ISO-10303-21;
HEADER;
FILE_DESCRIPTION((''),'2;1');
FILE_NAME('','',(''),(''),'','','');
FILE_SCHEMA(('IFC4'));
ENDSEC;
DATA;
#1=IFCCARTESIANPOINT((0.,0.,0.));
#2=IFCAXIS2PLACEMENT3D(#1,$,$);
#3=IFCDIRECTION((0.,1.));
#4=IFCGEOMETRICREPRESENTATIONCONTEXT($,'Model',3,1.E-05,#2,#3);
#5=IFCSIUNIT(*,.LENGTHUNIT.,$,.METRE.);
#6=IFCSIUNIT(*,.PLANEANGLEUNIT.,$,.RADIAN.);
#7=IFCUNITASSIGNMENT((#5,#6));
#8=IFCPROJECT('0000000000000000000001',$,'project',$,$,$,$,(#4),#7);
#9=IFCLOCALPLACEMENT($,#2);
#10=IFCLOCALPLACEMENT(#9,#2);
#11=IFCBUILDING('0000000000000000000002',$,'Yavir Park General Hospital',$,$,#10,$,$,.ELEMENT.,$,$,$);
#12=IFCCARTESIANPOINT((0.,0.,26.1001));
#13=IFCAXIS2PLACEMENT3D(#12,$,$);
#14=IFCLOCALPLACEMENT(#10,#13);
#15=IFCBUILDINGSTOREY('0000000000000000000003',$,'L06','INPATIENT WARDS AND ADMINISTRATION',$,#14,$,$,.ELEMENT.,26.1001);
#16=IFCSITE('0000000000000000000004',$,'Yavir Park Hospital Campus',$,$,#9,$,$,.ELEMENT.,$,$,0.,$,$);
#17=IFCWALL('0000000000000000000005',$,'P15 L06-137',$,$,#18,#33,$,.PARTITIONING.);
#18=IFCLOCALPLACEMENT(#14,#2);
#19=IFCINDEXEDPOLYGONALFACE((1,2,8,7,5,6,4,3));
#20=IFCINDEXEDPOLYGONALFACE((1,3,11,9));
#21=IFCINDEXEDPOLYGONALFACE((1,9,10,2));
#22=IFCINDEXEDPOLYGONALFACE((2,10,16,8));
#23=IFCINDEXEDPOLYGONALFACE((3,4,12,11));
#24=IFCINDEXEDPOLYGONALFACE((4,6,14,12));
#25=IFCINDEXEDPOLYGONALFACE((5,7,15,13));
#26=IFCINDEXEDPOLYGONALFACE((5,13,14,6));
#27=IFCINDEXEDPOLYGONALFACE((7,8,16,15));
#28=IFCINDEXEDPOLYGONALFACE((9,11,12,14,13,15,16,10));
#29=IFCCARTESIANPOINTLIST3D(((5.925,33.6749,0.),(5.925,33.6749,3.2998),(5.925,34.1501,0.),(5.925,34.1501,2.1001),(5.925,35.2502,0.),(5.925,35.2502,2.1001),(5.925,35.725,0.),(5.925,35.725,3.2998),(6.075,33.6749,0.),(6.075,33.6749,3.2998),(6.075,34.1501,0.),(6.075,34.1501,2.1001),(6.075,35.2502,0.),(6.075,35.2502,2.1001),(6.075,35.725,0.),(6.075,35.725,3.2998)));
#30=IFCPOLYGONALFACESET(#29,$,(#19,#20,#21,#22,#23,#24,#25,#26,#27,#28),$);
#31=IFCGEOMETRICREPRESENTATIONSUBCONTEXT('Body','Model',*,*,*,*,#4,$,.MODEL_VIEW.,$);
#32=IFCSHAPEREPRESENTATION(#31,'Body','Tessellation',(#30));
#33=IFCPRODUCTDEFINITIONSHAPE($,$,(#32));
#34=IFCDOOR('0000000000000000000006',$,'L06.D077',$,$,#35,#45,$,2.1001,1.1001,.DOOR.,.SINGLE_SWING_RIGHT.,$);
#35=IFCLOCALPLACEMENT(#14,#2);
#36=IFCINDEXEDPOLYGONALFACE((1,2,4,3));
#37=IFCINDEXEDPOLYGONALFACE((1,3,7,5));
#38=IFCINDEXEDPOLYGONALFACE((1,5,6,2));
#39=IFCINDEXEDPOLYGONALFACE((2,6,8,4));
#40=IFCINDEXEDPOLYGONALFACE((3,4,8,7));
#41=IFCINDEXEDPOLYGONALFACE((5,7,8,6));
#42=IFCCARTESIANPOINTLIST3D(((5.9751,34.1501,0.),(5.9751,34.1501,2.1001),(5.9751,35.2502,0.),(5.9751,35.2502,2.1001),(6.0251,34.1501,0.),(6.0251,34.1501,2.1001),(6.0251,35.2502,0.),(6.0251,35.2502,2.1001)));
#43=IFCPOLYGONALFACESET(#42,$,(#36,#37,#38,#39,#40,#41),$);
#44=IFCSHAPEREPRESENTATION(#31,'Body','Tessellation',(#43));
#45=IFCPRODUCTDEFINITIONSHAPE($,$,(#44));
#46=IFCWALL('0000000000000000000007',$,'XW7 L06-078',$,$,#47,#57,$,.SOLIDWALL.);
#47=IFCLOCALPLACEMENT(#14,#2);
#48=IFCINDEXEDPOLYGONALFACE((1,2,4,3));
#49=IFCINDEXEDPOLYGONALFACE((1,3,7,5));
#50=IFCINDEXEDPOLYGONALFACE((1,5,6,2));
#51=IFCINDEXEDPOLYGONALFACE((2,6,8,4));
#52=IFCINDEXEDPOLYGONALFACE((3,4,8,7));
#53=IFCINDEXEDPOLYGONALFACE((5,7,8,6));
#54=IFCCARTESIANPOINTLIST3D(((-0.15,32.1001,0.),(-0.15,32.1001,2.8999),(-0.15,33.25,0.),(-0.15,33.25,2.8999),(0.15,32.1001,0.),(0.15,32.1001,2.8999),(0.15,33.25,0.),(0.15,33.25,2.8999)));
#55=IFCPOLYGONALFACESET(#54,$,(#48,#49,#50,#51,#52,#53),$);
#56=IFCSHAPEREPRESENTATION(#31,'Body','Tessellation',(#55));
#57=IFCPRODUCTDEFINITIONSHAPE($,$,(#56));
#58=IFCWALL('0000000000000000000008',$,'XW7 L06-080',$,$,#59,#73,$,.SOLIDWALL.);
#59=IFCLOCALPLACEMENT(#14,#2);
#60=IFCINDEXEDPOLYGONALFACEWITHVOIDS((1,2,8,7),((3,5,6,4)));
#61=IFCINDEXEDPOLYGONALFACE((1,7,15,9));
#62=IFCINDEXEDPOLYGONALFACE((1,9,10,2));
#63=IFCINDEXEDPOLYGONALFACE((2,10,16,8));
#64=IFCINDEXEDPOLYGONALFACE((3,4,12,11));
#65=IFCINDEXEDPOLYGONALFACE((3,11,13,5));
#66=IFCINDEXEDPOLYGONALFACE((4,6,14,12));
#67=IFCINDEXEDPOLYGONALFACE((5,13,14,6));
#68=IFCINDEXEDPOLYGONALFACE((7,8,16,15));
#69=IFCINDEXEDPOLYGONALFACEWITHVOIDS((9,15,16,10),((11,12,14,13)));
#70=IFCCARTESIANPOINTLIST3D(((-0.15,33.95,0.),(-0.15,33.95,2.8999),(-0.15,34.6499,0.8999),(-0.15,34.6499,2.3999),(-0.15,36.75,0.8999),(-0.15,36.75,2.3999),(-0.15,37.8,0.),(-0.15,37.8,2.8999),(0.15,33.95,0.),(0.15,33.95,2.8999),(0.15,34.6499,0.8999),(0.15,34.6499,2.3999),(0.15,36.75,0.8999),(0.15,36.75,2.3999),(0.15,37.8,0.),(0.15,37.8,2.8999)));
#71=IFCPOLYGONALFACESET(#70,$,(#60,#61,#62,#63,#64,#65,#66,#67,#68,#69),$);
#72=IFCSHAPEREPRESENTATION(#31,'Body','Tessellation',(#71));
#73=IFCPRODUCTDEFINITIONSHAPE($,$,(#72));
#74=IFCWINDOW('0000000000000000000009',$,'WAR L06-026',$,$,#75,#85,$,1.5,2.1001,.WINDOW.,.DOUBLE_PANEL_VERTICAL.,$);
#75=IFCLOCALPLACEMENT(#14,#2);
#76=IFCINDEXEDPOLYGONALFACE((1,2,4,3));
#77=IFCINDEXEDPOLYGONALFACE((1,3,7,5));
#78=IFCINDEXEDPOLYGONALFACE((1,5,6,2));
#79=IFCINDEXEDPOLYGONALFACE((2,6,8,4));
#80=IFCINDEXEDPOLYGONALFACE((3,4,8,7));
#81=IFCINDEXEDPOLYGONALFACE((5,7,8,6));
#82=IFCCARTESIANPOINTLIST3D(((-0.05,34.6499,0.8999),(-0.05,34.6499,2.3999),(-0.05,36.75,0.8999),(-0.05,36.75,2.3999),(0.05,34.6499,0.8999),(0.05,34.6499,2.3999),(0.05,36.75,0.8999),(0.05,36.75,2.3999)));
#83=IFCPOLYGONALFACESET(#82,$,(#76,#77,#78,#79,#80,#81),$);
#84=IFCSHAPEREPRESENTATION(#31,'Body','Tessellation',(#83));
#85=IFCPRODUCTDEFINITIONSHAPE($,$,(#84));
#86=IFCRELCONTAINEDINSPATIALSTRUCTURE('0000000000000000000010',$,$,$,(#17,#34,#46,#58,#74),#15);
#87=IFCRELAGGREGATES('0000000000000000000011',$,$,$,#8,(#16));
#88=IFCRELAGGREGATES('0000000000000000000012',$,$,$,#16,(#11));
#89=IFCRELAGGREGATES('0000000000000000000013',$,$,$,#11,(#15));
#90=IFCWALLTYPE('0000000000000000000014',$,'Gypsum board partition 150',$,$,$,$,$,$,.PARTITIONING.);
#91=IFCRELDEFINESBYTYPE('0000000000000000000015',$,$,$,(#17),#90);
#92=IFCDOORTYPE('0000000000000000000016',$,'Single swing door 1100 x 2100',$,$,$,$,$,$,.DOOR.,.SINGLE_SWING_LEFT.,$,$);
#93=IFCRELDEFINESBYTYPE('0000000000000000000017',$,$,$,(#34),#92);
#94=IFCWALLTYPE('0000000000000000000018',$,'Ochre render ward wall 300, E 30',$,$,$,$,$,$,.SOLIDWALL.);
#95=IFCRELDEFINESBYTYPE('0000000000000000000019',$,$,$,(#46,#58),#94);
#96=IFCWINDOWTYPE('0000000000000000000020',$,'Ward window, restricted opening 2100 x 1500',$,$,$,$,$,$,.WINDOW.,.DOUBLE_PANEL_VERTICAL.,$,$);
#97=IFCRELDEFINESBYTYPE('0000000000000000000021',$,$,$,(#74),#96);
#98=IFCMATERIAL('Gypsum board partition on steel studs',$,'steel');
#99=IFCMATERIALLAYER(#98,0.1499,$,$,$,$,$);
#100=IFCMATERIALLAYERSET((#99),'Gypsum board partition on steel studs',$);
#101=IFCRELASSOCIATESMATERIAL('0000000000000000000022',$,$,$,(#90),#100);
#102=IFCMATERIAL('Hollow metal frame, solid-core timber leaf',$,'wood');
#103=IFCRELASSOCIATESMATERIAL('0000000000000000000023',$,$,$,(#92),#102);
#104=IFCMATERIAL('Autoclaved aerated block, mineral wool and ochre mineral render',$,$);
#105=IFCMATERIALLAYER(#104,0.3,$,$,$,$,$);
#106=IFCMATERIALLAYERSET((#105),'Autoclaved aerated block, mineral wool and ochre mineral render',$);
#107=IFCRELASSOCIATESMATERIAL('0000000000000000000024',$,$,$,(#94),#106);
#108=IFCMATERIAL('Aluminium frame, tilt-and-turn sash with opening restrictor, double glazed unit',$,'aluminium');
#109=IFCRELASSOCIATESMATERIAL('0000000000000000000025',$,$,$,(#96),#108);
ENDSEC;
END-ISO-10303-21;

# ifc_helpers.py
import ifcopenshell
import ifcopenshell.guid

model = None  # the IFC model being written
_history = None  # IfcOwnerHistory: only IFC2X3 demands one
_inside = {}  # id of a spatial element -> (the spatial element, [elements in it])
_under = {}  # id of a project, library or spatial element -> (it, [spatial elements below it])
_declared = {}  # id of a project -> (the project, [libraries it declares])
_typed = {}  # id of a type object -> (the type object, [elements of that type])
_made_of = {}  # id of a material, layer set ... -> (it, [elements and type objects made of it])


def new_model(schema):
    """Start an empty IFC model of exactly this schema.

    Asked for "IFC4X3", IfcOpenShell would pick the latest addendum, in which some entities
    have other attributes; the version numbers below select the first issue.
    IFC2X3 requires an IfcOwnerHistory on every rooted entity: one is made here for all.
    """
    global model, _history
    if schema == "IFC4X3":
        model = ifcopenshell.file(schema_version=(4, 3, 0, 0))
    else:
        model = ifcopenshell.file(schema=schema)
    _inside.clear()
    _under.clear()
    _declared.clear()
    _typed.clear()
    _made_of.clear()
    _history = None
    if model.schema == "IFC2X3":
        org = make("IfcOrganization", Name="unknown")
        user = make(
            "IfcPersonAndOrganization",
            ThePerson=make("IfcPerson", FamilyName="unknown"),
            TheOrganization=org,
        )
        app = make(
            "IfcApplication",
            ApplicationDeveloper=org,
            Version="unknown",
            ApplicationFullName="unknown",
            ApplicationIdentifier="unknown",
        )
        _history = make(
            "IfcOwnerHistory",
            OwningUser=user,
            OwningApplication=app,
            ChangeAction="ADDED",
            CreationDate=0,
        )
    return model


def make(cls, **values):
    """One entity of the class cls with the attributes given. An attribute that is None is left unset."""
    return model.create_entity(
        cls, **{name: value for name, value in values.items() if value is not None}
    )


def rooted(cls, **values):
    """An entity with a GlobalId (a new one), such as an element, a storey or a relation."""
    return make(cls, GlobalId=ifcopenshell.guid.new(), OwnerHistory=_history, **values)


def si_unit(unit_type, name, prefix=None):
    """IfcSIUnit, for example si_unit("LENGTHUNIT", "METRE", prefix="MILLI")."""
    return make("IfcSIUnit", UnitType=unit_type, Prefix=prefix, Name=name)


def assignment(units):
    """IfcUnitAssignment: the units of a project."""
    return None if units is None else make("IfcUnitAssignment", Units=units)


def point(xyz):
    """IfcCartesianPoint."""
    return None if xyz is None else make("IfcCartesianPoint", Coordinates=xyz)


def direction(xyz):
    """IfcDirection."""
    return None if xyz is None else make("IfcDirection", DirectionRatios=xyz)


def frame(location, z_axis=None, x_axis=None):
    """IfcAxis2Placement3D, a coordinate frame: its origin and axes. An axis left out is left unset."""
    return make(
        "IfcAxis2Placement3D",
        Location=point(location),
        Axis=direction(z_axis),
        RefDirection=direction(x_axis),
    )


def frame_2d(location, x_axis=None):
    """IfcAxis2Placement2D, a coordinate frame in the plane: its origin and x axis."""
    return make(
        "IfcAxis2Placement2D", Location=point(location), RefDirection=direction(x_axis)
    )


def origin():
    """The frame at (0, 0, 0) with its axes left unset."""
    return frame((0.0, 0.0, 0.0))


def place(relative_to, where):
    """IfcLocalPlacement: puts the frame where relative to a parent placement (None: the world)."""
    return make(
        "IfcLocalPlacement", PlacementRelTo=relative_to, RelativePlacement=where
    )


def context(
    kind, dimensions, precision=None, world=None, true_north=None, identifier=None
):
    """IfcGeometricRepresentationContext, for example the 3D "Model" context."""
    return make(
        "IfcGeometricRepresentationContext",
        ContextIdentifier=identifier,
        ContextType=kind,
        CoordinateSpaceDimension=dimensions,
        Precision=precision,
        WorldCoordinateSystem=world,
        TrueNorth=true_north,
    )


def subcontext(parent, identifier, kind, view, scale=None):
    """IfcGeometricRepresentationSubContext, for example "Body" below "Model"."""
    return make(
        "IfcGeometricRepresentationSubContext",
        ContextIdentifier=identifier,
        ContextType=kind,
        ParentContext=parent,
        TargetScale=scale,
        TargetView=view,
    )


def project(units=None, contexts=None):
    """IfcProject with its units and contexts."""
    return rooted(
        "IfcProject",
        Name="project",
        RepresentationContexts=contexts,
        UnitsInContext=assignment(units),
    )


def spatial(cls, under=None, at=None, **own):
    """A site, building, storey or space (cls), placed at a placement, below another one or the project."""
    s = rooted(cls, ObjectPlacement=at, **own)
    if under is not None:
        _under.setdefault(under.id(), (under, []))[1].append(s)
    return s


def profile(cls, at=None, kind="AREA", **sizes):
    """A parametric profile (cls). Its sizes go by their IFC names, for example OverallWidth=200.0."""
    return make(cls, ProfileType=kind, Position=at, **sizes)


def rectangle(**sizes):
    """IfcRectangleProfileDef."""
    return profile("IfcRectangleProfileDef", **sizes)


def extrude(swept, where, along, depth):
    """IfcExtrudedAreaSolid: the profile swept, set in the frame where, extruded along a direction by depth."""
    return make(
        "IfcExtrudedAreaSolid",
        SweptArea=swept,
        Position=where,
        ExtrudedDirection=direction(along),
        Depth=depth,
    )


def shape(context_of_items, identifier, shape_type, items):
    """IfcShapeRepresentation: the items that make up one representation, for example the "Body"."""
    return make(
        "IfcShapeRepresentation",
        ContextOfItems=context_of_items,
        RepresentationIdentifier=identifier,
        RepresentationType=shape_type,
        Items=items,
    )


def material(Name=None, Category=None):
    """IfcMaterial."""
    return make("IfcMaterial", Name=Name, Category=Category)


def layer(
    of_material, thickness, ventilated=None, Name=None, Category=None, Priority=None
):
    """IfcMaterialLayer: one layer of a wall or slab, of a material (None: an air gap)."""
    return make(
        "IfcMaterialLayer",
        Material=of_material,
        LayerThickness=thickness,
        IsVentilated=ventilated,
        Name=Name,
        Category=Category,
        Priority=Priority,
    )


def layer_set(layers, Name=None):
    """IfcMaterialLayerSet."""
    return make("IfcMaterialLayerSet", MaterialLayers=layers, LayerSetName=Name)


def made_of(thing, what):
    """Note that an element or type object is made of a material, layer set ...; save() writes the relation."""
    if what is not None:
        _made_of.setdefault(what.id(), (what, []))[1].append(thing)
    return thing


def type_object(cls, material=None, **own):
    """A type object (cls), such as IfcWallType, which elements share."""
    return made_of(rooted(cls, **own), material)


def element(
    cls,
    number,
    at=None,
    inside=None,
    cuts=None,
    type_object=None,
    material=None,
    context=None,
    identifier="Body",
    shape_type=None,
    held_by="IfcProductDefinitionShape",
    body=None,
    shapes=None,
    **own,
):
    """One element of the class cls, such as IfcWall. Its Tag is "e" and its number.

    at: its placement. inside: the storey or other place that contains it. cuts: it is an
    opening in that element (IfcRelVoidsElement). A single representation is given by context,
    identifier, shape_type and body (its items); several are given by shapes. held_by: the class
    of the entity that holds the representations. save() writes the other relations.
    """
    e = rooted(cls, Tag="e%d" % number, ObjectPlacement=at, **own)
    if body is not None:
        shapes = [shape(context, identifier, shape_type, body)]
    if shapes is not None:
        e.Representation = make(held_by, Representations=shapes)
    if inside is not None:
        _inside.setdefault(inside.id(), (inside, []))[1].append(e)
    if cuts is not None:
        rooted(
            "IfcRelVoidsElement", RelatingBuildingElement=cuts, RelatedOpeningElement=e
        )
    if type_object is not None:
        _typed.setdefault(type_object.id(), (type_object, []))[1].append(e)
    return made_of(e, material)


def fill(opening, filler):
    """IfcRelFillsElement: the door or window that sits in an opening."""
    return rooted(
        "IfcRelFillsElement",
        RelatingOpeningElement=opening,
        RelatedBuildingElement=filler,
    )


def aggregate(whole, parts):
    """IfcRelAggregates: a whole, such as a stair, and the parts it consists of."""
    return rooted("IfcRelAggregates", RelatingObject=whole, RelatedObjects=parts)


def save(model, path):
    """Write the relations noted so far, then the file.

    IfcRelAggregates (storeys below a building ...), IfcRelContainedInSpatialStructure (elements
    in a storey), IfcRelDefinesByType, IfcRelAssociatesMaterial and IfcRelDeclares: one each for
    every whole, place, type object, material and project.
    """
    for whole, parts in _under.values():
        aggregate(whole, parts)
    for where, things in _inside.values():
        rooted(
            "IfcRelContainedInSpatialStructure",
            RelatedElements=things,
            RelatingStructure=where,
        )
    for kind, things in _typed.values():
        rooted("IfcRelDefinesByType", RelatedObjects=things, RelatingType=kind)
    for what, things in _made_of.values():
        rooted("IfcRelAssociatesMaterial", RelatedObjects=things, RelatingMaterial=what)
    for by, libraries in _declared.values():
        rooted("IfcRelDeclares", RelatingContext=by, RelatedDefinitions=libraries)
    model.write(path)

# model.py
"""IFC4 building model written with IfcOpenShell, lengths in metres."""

from ifc_helpers import new_model, si_unit, direction, frame, frame_2d, origin, place, context, subcontext, project, spatial, rectangle, extrude, material, layer, layer_set, type_object, element, fill, save


model = new_model("IFC4")

# Units and contexts
model_context = context("Model", 3, precision=1e-05, world=origin(), true_north=direction((0.0, 1.0)))
body_context = subcontext(model_context, "Body", "Model", "MODEL_VIEW")
ifc_project = project(units=[si_unit("LENGTHUNIT", "METRE"), si_unit("PLANEANGLEUNIT", "RADIAN")], contexts=[model_context])

# Site, building, storey
site_placement = place(None, origin())
site = spatial("IfcSite", under=ifc_project, at=site_placement, Name="Yavir Park Hospital Campus", CompositionType="ELEMENT", RefElevation=0.0)
building_placement = place(site_placement, origin())
building = spatial("IfcBuilding", under=site, at=building_placement, Name="Yavir Park General Hospital", CompositionType="ELEMENT")
storey_placement = place(building_placement, frame((0.0, 0.0, 26.1001)))
storey = spatial("IfcBuildingStorey", under=building, at=storey_placement, Name="L06", Description="INPATIENT WARDS AND ADMINISTRATION", CompositionType="ELEMENT", Elevation=26.1001)

# Shared definitions
ifc_material_1 = material(Name="Gypsum board partition on steel studs", Category="steel")
ifc_layer_1 = layer(ifc_material_1, 0.1499)
ifc_layer_set_1 = layer_set([ifc_layer_1], Name="Gypsum board partition on steel studs")
wall_type_1 = type_object("IfcWallType", Name="Gypsum board partition 150", PredefinedType="PARTITIONING", material=ifc_layer_set_1)

# Wall, opening, door
wall_1_placement = place(storey_placement, frame((6.0, 33.675, 0.0), z_axis=(0.0, 0.0, 1.0), x_axis=(0.0, 1.0, 0.0)))
wall_1 = element("IfcWall", 1, at=wall_1_placement, inside=storey, type_object=wall_type_1, Name="P15 L06-137", PredefinedType="PARTITIONING", context=body_context, shape_type="SweptSolid", body=[
    extrude(rectangle(XDim=2.05, YDim=0.1499, at=frame_2d((1.0249, 0.0))), origin(), (0.0, 0.0, 1.0), 3.2998),
])
opening_1_placement = place(wall_1_placement, frame((0.4751, 0.0, 0.0)))
opening_1 = element("IfcOpeningElement", 2, at=opening_1_placement, cuts=wall_1, PredefinedType="OPENING", context=body_context, shape_type="SweptSolid", body=[
    extrude(rectangle(XDim=1.1001, YDim=2.1001, at=frame_2d((0.55, 1.05))), frame((0.0, 0.085, 0.0), z_axis=(0.0, -1.0, 0.0), x_axis=(1.0, 0.0, 0.0)), (0.0, 0.0, 1.0), 0.1699),
])
ifc_material_2 = material(Name="Hollow metal frame, solid-core timber leaf", Category="wood")
door_type_1 = type_object("IfcDoorType", Name="Single swing door 1100 x 2100", OperationType="SINGLE_SWING_LEFT", PredefinedType="DOOR", material=ifc_material_2)
door_1_placement = place(opening_1_placement, origin())
door_1 = element("IfcDoor", 3, at=door_1_placement, inside=storey, type_object=door_type_1, Name="L06.D077", OperationType="SINGLE_SWING_RIGHT", OverallHeight=2.1001, OverallWidth=1.1001, PredefinedType="DOOR", context=body_context, shape_type="SweptSolid", body=[
    extrude(rectangle(XDim=1.1001, YDim=2.1001, at=frame_2d((0.55, 1.05))), frame((0.0, 0.0249, 0.0), z_axis=(0.0, -1.0, 0.0), x_axis=(1.0, 0.0, 0.0)), (0.0, 0.0, 1.0), 0.05),
])
fill(opening_1, door_1)

# Wall
ifc_material_3 = material(Name="Autoclaved aerated block, mineral wool and ochre mineral render")
ifc_layer_2 = layer(ifc_material_3, 0.3)
ifc_layer_set_2 = layer_set([ifc_layer_2], Name="Autoclaved aerated block, mineral wool and ochre mineral render")
wall_type_2 = type_object("IfcWallType", Name="Ochre render ward wall 300, E 30", PredefinedType="SOLIDWALL", material=ifc_layer_set_2)
wall_2_placement = place(storey_placement, frame((0.0, 32.1001, 0.0), z_axis=(0.0, 0.0, 1.0), x_axis=(0.0, 1.0, 0.0)))
element("IfcWall", 4, at=wall_2_placement, inside=storey, type_object=wall_type_2, Name="XW7 L06-078", PredefinedType="SOLIDWALL", context=body_context, shape_type="SweptSolid", body=[
    extrude(rectangle(XDim=1.1499, YDim=0.3, at=frame_2d((0.575, 0.0))), origin(), (0.0, 0.0, 1.0), 2.8999),
])

# Wall, opening, window
wall_3_placement = place(storey_placement, frame((0.0, 33.95, 0.0), z_axis=(0.0, 0.0, 1.0), x_axis=(0.0, 1.0, 0.0)))
wall_3 = element("IfcWall", 5, at=wall_3_placement, inside=storey, type_object=wall_type_2, Name="XW7 L06-080", PredefinedType="SOLIDWALL", context=body_context, shape_type="SweptSolid", body=[
    extrude(rectangle(XDim=3.8501, YDim=0.3, at=frame_2d((1.925, 0.0))), origin(), (0.0, 0.0, 1.0), 2.8999),
])
opening_2_placement = place(wall_3_placement, frame((0.7, 0.0, 0.8999)))
opening_2 = element("IfcOpeningElement", 6, at=opening_2_placement, cuts=wall_3, PredefinedType="OPENING", context=body_context, shape_type="SweptSolid", body=[
    extrude(rectangle(XDim=2.1001, YDim=1.5, at=frame_2d((1.05, 0.75))), frame((0.0, 0.1599, 0.0), z_axis=(0.0, -1.0, 0.0), x_axis=(1.0, 0.0, 0.0)), (0.0, 0.0, 1.0), 0.3201),
])
ifc_material_4 = material(Name="Aluminium frame, tilt-and-turn sash with opening restrictor, double glazed unit", Category="aluminium")
window_type = type_object("IfcWindowType", Name="Ward window, restricted opening 2100 x 1500", PartitioningType="DOUBLE_PANEL_VERTICAL", PredefinedType="WINDOW", material=ifc_material_4)
window_placement = place(opening_2_placement, origin())
window = element("IfcWindow", 7, at=window_placement, inside=storey, type_object=window_type, Name="WAR L06-026", OverallHeight=1.5, OverallWidth=2.1001, PartitioningType="DOUBLE_PANEL_VERTICAL", PredefinedType="WINDOW", context=body_context, shape_type="SweptSolid", body=[
    extrude(rectangle(XDim=2.1001, YDim=1.5, at=frame_2d((1.05, 0.75))), frame((0.0, 0.05, 0.0), z_axis=(0.0, -1.0, 0.0), x_axis=(1.0, 0.0, 0.0)), (0.0, 0.0, 1.0), 0.1001),
])
fill(opening_2, window)

save(model, "model.ifc")
